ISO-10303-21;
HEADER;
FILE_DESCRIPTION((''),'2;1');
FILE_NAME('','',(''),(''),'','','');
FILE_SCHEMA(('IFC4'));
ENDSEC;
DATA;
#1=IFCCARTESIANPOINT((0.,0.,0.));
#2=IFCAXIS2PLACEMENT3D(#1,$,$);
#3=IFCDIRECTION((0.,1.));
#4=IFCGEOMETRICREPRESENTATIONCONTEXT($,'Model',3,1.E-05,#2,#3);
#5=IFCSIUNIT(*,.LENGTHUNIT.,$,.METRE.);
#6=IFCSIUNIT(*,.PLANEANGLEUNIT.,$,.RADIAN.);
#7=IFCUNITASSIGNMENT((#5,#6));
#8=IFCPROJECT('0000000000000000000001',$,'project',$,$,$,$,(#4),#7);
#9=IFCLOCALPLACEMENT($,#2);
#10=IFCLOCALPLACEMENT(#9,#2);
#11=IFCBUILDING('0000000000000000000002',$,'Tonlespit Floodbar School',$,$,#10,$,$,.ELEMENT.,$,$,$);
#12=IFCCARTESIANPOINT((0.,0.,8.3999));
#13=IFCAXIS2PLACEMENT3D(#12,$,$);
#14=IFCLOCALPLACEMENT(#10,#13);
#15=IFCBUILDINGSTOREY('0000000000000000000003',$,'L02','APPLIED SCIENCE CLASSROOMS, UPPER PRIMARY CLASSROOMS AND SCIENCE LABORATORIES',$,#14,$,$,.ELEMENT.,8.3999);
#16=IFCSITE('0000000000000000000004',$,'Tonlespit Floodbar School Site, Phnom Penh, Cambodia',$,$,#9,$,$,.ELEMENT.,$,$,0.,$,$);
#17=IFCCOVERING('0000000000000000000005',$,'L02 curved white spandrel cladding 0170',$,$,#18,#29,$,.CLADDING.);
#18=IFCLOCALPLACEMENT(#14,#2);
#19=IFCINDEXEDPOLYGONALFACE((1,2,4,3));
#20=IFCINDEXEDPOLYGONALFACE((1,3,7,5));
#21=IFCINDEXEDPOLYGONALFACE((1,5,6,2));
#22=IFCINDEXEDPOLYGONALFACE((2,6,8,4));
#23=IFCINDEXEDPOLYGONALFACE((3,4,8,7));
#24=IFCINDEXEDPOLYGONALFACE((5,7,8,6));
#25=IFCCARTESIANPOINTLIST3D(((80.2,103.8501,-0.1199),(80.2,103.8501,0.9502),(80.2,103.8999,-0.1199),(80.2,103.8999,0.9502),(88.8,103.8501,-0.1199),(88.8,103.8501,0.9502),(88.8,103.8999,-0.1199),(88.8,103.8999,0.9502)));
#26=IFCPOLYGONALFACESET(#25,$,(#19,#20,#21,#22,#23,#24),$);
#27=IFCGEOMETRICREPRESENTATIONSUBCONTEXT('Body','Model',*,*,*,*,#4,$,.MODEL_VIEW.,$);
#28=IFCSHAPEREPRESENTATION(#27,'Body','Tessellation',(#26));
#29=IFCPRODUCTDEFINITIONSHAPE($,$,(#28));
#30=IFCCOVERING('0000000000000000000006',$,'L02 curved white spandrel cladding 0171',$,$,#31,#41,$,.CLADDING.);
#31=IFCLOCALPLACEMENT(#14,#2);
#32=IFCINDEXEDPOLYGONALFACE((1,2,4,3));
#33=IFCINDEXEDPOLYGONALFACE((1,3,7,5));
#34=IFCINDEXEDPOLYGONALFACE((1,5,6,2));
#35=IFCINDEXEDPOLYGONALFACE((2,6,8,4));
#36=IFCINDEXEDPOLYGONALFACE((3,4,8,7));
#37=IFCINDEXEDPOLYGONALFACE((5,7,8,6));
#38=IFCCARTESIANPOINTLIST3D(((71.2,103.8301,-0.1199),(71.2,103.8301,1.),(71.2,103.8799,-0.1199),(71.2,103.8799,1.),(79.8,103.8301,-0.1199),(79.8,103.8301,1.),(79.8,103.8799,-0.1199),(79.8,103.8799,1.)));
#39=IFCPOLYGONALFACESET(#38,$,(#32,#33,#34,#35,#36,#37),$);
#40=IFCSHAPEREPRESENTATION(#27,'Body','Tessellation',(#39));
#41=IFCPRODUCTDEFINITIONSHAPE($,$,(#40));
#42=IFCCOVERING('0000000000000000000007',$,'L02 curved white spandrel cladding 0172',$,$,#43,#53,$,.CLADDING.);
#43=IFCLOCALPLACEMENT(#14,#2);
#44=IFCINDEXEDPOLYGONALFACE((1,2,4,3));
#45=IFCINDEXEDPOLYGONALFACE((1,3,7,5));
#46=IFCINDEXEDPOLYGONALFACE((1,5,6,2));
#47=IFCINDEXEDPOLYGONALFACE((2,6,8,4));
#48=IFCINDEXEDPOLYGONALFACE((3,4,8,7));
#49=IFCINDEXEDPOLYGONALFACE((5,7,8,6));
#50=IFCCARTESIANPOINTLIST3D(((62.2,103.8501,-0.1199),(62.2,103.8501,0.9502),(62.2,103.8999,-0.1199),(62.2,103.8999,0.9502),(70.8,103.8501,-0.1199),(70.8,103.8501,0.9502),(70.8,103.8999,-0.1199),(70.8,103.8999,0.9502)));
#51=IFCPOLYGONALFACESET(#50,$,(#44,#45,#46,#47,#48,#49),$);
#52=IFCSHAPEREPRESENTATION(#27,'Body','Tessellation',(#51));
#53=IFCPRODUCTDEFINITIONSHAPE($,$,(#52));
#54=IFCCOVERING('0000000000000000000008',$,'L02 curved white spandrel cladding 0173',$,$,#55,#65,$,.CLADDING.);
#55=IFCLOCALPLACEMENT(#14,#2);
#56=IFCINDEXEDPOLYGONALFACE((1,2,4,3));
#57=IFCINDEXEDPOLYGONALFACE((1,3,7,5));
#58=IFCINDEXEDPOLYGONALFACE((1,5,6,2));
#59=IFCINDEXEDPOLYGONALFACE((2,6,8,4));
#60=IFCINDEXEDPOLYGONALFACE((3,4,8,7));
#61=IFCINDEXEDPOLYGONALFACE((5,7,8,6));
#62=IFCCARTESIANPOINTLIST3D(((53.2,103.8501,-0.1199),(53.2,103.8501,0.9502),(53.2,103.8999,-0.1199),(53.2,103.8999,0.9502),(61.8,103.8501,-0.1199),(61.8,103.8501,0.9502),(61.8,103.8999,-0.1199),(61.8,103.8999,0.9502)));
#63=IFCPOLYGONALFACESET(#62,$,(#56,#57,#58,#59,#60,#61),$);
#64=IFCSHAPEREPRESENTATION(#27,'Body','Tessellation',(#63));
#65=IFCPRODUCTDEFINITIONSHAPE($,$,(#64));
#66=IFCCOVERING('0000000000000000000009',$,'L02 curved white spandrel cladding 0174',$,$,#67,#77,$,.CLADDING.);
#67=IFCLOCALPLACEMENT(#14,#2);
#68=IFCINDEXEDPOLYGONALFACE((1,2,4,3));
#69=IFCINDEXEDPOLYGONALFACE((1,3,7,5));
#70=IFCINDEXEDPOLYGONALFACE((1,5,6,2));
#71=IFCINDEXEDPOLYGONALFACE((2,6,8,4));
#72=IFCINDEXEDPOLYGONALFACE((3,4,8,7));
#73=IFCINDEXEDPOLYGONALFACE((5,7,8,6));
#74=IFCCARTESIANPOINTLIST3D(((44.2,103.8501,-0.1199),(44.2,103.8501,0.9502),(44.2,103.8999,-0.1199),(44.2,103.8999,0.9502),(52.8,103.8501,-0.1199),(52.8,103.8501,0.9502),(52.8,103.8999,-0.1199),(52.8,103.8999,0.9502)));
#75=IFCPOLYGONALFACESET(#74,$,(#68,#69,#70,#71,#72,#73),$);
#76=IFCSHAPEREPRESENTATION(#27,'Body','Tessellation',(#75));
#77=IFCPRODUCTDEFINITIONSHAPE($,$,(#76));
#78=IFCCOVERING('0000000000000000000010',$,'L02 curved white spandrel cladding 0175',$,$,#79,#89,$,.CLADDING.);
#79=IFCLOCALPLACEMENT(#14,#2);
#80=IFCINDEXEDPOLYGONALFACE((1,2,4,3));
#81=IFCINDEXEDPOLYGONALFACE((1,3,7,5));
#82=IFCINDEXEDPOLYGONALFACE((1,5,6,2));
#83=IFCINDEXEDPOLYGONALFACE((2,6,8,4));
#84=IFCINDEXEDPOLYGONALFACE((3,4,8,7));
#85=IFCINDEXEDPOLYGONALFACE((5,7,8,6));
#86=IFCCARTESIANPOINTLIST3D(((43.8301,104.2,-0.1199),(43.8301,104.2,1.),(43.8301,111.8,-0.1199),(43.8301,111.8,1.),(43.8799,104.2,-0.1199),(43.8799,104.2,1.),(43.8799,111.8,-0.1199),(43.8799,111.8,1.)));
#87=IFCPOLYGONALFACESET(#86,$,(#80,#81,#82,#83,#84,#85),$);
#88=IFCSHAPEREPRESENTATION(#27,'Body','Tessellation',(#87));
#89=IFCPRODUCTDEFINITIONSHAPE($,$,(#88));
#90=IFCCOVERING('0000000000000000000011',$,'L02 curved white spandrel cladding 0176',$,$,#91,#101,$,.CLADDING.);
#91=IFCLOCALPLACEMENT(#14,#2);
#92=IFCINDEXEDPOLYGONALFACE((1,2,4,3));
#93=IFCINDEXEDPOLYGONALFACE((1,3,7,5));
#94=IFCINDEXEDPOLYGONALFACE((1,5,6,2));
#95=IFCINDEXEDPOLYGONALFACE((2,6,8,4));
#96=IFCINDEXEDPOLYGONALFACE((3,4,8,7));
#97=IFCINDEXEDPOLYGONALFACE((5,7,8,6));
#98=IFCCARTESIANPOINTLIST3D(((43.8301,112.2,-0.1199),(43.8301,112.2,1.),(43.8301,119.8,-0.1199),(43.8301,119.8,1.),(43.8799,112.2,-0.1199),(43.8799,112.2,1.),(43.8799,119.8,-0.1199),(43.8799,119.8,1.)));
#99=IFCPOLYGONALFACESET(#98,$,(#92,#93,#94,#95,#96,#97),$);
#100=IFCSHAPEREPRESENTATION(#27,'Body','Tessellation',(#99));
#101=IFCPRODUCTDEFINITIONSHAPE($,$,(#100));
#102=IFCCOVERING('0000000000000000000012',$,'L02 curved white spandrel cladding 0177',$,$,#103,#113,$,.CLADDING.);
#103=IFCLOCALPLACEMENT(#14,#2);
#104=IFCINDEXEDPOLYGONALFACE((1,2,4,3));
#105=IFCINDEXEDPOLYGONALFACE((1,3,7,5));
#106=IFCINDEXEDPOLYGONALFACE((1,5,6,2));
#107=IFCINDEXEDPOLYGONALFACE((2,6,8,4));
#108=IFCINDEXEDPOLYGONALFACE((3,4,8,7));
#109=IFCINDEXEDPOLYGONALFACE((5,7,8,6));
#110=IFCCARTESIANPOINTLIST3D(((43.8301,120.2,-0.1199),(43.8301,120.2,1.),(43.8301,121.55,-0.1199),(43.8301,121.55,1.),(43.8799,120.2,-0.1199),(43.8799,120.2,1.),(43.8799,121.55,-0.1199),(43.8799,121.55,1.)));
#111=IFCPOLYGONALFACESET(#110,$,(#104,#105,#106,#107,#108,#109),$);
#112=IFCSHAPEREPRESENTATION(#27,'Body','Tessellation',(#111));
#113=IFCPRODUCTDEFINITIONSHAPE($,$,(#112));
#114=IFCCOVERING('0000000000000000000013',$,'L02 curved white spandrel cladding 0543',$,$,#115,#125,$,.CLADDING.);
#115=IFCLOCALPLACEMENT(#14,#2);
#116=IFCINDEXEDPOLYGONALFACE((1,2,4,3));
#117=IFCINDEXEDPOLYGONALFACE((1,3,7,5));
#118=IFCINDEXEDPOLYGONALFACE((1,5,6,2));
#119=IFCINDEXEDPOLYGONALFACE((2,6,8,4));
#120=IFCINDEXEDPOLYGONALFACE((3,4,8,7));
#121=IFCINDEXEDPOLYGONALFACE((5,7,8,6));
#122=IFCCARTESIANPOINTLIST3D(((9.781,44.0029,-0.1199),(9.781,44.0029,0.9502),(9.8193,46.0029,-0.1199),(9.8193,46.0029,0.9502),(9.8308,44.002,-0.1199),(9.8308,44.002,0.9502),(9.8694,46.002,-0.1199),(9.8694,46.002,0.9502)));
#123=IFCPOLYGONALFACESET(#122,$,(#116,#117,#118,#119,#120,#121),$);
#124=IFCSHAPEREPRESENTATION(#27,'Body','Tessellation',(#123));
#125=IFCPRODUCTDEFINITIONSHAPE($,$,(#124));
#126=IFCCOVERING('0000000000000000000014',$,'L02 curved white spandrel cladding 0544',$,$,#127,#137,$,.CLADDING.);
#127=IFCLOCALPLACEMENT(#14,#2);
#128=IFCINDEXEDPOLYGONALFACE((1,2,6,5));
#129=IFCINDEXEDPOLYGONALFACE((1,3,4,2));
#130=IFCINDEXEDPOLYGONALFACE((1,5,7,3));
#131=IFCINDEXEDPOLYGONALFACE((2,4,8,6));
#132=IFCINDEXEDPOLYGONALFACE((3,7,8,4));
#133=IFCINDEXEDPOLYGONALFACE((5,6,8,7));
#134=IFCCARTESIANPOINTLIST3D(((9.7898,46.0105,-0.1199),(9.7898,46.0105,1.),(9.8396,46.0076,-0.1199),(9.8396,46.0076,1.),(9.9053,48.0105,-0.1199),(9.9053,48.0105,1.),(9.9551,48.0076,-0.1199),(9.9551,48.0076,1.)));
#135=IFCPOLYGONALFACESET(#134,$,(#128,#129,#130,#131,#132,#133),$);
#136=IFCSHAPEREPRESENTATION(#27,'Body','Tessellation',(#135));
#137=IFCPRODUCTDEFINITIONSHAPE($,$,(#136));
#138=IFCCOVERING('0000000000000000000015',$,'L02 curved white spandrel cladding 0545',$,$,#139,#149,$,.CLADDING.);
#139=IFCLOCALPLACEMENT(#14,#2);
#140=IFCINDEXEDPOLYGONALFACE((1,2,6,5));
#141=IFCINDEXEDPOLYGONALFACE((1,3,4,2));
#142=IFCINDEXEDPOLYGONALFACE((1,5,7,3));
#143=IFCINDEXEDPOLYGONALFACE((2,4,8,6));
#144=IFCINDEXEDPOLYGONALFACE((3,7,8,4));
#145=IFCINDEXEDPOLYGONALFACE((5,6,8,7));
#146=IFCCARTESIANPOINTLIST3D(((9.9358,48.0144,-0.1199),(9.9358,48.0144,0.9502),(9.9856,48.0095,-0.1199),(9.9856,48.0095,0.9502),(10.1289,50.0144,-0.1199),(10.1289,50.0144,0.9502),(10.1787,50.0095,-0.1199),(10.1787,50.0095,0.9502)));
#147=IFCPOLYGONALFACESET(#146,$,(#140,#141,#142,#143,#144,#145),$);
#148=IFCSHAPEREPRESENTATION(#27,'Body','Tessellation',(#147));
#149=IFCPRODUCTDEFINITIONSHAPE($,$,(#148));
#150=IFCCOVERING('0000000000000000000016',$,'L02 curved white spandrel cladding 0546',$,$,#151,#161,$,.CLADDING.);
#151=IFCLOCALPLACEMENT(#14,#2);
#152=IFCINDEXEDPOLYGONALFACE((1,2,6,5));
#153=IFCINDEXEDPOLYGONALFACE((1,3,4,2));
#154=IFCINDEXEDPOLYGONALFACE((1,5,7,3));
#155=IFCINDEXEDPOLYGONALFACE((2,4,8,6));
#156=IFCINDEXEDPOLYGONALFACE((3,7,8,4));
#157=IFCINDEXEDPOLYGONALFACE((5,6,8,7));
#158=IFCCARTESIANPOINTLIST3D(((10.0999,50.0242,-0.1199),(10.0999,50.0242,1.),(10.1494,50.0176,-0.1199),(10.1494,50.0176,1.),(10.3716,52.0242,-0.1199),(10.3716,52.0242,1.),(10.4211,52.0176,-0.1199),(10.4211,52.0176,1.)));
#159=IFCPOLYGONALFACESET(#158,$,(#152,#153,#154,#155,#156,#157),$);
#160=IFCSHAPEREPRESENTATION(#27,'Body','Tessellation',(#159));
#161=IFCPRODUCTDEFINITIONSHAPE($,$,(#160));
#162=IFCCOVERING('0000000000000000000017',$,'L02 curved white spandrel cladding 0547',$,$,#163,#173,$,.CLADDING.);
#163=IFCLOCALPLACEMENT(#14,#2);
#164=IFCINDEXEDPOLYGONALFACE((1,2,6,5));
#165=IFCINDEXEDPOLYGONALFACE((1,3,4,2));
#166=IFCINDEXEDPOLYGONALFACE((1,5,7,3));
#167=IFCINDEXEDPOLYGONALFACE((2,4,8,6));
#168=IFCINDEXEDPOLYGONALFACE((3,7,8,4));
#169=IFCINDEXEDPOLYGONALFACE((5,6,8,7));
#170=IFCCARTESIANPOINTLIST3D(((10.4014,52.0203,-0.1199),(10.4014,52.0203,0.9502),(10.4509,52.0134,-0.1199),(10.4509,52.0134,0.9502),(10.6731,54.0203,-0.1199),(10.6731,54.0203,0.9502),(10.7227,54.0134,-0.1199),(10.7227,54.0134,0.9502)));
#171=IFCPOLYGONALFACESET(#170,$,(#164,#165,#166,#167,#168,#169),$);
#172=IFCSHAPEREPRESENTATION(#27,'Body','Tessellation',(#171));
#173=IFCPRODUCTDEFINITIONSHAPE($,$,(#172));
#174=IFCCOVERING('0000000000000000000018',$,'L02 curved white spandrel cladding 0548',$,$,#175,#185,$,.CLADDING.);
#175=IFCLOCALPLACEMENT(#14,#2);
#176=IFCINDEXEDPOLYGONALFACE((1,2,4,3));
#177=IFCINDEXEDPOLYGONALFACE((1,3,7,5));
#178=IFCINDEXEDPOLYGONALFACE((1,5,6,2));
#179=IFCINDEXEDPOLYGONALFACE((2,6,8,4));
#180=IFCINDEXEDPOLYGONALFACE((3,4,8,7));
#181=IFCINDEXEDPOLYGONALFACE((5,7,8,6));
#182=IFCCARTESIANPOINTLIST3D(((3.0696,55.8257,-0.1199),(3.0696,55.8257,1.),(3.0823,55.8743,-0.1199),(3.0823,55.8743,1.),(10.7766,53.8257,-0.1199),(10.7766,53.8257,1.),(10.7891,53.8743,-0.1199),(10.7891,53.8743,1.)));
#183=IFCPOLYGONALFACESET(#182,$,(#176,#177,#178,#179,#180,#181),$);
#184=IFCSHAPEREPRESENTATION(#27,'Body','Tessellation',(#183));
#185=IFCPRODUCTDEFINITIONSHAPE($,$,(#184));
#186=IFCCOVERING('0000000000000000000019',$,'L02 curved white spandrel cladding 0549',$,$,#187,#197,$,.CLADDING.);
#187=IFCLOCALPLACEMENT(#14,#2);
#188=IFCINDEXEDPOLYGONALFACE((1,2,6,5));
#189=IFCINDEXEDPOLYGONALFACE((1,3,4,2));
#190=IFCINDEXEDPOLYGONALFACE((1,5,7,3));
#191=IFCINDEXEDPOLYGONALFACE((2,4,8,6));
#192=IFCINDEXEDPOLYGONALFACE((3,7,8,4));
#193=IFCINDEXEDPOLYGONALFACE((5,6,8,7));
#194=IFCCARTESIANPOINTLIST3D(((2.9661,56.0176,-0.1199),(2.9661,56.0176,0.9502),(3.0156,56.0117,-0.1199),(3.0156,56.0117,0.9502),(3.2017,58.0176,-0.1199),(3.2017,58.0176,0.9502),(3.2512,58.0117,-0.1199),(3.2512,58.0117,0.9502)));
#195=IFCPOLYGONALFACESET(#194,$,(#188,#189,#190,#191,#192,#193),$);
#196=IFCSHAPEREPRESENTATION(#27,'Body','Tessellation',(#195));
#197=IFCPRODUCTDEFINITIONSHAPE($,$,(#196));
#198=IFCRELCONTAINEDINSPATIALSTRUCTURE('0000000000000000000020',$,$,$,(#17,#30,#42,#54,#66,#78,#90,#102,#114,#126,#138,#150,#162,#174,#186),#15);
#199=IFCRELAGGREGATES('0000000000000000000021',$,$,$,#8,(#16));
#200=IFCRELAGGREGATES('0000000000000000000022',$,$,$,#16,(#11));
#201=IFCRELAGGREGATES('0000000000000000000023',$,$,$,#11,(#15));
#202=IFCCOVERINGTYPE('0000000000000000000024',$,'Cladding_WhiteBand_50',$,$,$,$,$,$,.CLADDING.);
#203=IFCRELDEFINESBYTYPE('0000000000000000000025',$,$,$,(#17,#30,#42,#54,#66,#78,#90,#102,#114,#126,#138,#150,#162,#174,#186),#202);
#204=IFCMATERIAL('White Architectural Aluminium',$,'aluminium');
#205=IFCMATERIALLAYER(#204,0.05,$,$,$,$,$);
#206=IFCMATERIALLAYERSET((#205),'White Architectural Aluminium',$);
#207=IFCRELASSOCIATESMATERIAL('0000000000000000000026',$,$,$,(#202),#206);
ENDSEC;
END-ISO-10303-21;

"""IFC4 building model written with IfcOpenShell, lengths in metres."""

from ifc_helpers import new_model, si_unit, direction, frame, origin, place, context, subcontext, project, spatial, polyline, outline, extrude, material, layer, layer_set, type_object, element, save


model = new_model("IFC4")

# Units and contexts
model_context = context("Model", 3, precision=1e-05, world=origin(), true_north=direction((0.0, 1.0)))
body_context = subcontext(model_context, "Body", "Model", "MODEL_VIEW")
ifc_project = project(units=[si_unit("LENGTHUNIT", "METRE"), si_unit("PLANEANGLEUNIT", "RADIAN")], contexts=[model_context])

# Site, building, storey
site_placement = place(None, origin())
site = spatial("IfcSite", under=ifc_project, at=site_placement, Name="Tonlespit Floodbar School Site, Phnom Penh, Cambodia", CompositionType="ELEMENT", RefElevation=0.0)
building_placement = place(site_placement, origin())
building = spatial("IfcBuilding", under=site, at=building_placement, Name="Tonlespit Floodbar School", CompositionType="ELEMENT")
storey_placement = place(building_placement, frame((0.0, 0.0, 8.3999)))
storey = spatial("IfcBuildingStorey", under=building, at=storey_placement, Name="L02", Description="APPLIED SCIENCE CLASSROOMS, UPPER PRIMARY CLASSROOMS AND SCIENCE LABORATORIES", CompositionType="ELEMENT", Elevation=8.3999)

# Coverings
ifc_material = material(Name="White Architectural Aluminium", Category="aluminium")
ifc_layer = layer(ifc_material, 0.05)
ifc_layer_set = layer_set([ifc_layer], Name="White Architectural Aluminium")
covering_type = type_object("IfcCoveringType", Name="Cladding_WhiteBand_50", PredefinedType="CLADDING", material=ifc_layer_set)
covering_1_placement = place(storey_placement, frame((0.0, 0.0, -0.1199)))
element("IfcCovering", 1, at=covering_1_placement, inside=storey, type_object=covering_type, Name="L02 curved white spandrel cladding 0170", PredefinedType="CLADDING", context=body_context, shape_type="SweptSolid", body=[
    extrude(outline(polyline([(88.8, 103.8999), (80.2, 103.8999), (80.2, 103.8501), (88.8, 103.8501), (88.8, 103.8999)])), origin(), (0.0, 0.0, 1.0), 1.0701),
])
covering_2_placement = place(storey_placement, frame((0.0, 0.0, -0.1199)))
element("IfcCovering", 2, at=covering_2_placement, inside=storey, type_object=covering_type, Name="L02 curved white spandrel cladding 0171", PredefinedType="CLADDING", context=body_context, shape_type="SweptSolid", body=[
    extrude(outline(polyline([(79.8, 103.8799), (71.2, 103.8799), (71.2, 103.8301), (79.8, 103.8301), (79.8, 103.8799)])), origin(), (0.0, 0.0, 1.0), 1.1199),
])
covering_3_placement = place(storey_placement, frame((0.0, 0.0, -0.1199)))
element("IfcCovering", 3, at=covering_3_placement, inside=storey, type_object=covering_type, Name="L02 curved white spandrel cladding 0172", PredefinedType="CLADDING", context=body_context, shape_type="SweptSolid", body=[
    extrude(outline(polyline([(70.8, 103.8999), (62.2, 103.8999), (62.2, 103.8501), (70.8, 103.8501), (70.8, 103.8999)])), origin(), (0.0, 0.0, 1.0), 1.0701),
])
covering_4_placement = place(storey_placement, frame((0.0, 0.0, -0.1199)))
element("IfcCovering", 4, at=covering_4_placement, inside=storey, type_object=covering_type, Name="L02 curved white spandrel cladding 0173", PredefinedType="CLADDING", context=body_context, shape_type="SweptSolid", body=[
    extrude(outline(polyline([(61.8, 103.8999), (53.2, 103.8999), (53.2, 103.8501), (61.8, 103.8501), (61.8, 103.8999)])), origin(), (0.0, 0.0, 1.0), 1.0701),
])
covering_5_placement = place(storey_placement, frame((0.0, 0.0, -0.1199)))
element("IfcCovering", 5, at=covering_5_placement, inside=storey, type_object=covering_type, Name="L02 curved white spandrel cladding 0174", PredefinedType="CLADDING", context=body_context, shape_type="SweptSolid", body=[
    extrude(outline(polyline([(52.8, 103.8999), (44.2, 103.8999), (44.2, 103.8501), (52.8, 103.8501), (52.8, 103.8999)])), origin(), (0.0, 0.0, 1.0), 1.0701),
])
covering_6_placement = place(storey_placement, frame((0.0, 0.0, -0.1199)))
element("IfcCovering", 6, at=covering_6_placement, inside=storey, type_object=covering_type, Name="L02 curved white spandrel cladding 0175", PredefinedType="CLADDING", context=body_context, shape_type="SweptSolid", body=[
    extrude(outline(polyline([(43.8799, 104.2), (43.8799, 111.8), (43.8301, 111.8), (43.8301, 104.2), (43.8799, 104.2)])), origin(), (0.0, 0.0, 1.0), 1.1199),
])
covering_7_placement = place(storey_placement, frame((0.0, 0.0, -0.1199)))
element("IfcCovering", 7, at=covering_7_placement, inside=storey, type_object=covering_type, Name="L02 curved white spandrel cladding 0176", PredefinedType="CLADDING", context=body_context, shape_type="SweptSolid", body=[
    extrude(outline(polyline([(43.8799, 112.2), (43.8799, 119.8), (43.8301, 119.8), (43.8301, 112.2), (43.8799, 112.2)])), origin(), (0.0, 0.0, 1.0), 1.1199),
])
covering_8_placement = place(storey_placement, frame((0.0, 0.0, -0.1199)))
element("IfcCovering", 8, at=covering_8_placement, inside=storey, type_object=covering_type, Name="L02 curved white spandrel cladding 0177", PredefinedType="CLADDING", context=body_context, shape_type="SweptSolid", body=[
    extrude(outline(polyline([(43.8799, 120.2), (43.8799, 121.55), (43.8301, 121.55), (43.8301, 120.2), (43.8799, 120.2)])), origin(), (0.0, 0.0, 1.0), 1.1199),
])
covering_9_placement = place(storey_placement, frame((0.0, 0.0, -0.1199)))
element("IfcCovering", 9, at=covering_9_placement, inside=storey, type_object=covering_type, Name="L02 curved white spandrel cladding 0543", PredefinedType="CLADDING", context=body_context, shape_type="SweptSolid", body=[
    extrude(outline(polyline([(9.8308, 44.002), (9.8694, 46.002), (9.8193, 46.0029), (9.781, 44.0029), (9.8308, 44.002)])), origin(), (0.0, 0.0, 1.0), 1.0701),
])
covering_10_placement = place(storey_placement, frame((0.0, 0.0, -0.1199)))
element("IfcCovering", 10, at=covering_10_placement, inside=storey, type_object=covering_type, Name="L02 curved white spandrel cladding 0544", PredefinedType="CLADDING", context=body_context, shape_type="SweptSolid", body=[
    extrude(outline(polyline([(9.8396, 46.0076), (9.9551, 48.0076), (9.9053, 48.0105), (9.7898, 46.0105), (9.8396, 46.0076)])), origin(), (0.0, 0.0, 1.0), 1.1199),
])
covering_11_placement = place(storey_placement, frame((0.0, 0.0, -0.1199)))
element("IfcCovering", 11, at=covering_11_placement, inside=storey, type_object=covering_type, Name="L02 curved white spandrel cladding 0545", PredefinedType="CLADDING", context=body_context, shape_type="SweptSolid", body=[
    extrude(outline(polyline([(9.9856, 48.0095), (10.1787, 50.0095), (10.1289, 50.0144), (9.9358, 48.0144), (9.9856, 48.0095)])), origin(), (0.0, 0.0, 1.0), 1.0701),
])
covering_12_placement = place(storey_placement, frame((0.0, 0.0, -0.1199)))
element("IfcCovering", 12, at=covering_12_placement, inside=storey, type_object=covering_type, Name="L02 curved white spandrel cladding 0546", PredefinedType="CLADDING", context=body_context, shape_type="SweptSolid", body=[
    extrude(outline(polyline([(10.1494, 50.0176), (10.4211, 52.0176), (10.3716, 52.0242), (10.0999, 50.0242), (10.1494, 50.0176)])), origin(), (0.0, 0.0, 1.0), 1.1199),
])
covering_13_placement = place(storey_placement, frame((0.0, 0.0, -0.1199)))
element("IfcCovering", 13, at=covering_13_placement, inside=storey, type_object=covering_type, Name="L02 curved white spandrel cladding 0547", PredefinedType="CLADDING", context=body_context, shape_type="SweptSolid", body=[
    extrude(outline(polyline([(10.4509, 52.0134), (10.7227, 54.0134), (10.6731, 54.0203), (10.4014, 52.0203), (10.4509, 52.0134)])), origin(), (0.0, 0.0, 1.0), 1.0701),
])
covering_14_placement = place(storey_placement, frame((0.0, 0.0, -0.1199)))
element("IfcCovering", 14, at=covering_14_placement, inside=storey, type_object=covering_type, Name="L02 curved white spandrel cladding 0548", PredefinedType="CLADDING", context=body_context, shape_type="SweptSolid", body=[
    extrude(outline(polyline([(10.7891, 53.8743), (3.0823, 55.8743), (3.0696, 55.8257), (10.7766, 53.8257), (10.7891, 53.8743)])), origin(), (0.0, 0.0, 1.0), 1.1199),
])
covering_15_placement = place(storey_placement, frame((0.0, 0.0, -0.1199)))
element("IfcCovering", 15, at=covering_15_placement, inside=storey, type_object=covering_type, Name="L02 curved white spandrel cladding 0549", PredefinedType="CLADDING", context=body_context, shape_type="SweptSolid", body=[
    extrude(outline(polyline([(3.0156, 56.0117), (3.2512, 58.0117), (3.2017, 58.0176), (2.9661, 56.0176), (3.0156, 56.0117)])), origin(), (0.0, 0.0, 1.0), 1.0701),
])

save(model, "model.ifc")
